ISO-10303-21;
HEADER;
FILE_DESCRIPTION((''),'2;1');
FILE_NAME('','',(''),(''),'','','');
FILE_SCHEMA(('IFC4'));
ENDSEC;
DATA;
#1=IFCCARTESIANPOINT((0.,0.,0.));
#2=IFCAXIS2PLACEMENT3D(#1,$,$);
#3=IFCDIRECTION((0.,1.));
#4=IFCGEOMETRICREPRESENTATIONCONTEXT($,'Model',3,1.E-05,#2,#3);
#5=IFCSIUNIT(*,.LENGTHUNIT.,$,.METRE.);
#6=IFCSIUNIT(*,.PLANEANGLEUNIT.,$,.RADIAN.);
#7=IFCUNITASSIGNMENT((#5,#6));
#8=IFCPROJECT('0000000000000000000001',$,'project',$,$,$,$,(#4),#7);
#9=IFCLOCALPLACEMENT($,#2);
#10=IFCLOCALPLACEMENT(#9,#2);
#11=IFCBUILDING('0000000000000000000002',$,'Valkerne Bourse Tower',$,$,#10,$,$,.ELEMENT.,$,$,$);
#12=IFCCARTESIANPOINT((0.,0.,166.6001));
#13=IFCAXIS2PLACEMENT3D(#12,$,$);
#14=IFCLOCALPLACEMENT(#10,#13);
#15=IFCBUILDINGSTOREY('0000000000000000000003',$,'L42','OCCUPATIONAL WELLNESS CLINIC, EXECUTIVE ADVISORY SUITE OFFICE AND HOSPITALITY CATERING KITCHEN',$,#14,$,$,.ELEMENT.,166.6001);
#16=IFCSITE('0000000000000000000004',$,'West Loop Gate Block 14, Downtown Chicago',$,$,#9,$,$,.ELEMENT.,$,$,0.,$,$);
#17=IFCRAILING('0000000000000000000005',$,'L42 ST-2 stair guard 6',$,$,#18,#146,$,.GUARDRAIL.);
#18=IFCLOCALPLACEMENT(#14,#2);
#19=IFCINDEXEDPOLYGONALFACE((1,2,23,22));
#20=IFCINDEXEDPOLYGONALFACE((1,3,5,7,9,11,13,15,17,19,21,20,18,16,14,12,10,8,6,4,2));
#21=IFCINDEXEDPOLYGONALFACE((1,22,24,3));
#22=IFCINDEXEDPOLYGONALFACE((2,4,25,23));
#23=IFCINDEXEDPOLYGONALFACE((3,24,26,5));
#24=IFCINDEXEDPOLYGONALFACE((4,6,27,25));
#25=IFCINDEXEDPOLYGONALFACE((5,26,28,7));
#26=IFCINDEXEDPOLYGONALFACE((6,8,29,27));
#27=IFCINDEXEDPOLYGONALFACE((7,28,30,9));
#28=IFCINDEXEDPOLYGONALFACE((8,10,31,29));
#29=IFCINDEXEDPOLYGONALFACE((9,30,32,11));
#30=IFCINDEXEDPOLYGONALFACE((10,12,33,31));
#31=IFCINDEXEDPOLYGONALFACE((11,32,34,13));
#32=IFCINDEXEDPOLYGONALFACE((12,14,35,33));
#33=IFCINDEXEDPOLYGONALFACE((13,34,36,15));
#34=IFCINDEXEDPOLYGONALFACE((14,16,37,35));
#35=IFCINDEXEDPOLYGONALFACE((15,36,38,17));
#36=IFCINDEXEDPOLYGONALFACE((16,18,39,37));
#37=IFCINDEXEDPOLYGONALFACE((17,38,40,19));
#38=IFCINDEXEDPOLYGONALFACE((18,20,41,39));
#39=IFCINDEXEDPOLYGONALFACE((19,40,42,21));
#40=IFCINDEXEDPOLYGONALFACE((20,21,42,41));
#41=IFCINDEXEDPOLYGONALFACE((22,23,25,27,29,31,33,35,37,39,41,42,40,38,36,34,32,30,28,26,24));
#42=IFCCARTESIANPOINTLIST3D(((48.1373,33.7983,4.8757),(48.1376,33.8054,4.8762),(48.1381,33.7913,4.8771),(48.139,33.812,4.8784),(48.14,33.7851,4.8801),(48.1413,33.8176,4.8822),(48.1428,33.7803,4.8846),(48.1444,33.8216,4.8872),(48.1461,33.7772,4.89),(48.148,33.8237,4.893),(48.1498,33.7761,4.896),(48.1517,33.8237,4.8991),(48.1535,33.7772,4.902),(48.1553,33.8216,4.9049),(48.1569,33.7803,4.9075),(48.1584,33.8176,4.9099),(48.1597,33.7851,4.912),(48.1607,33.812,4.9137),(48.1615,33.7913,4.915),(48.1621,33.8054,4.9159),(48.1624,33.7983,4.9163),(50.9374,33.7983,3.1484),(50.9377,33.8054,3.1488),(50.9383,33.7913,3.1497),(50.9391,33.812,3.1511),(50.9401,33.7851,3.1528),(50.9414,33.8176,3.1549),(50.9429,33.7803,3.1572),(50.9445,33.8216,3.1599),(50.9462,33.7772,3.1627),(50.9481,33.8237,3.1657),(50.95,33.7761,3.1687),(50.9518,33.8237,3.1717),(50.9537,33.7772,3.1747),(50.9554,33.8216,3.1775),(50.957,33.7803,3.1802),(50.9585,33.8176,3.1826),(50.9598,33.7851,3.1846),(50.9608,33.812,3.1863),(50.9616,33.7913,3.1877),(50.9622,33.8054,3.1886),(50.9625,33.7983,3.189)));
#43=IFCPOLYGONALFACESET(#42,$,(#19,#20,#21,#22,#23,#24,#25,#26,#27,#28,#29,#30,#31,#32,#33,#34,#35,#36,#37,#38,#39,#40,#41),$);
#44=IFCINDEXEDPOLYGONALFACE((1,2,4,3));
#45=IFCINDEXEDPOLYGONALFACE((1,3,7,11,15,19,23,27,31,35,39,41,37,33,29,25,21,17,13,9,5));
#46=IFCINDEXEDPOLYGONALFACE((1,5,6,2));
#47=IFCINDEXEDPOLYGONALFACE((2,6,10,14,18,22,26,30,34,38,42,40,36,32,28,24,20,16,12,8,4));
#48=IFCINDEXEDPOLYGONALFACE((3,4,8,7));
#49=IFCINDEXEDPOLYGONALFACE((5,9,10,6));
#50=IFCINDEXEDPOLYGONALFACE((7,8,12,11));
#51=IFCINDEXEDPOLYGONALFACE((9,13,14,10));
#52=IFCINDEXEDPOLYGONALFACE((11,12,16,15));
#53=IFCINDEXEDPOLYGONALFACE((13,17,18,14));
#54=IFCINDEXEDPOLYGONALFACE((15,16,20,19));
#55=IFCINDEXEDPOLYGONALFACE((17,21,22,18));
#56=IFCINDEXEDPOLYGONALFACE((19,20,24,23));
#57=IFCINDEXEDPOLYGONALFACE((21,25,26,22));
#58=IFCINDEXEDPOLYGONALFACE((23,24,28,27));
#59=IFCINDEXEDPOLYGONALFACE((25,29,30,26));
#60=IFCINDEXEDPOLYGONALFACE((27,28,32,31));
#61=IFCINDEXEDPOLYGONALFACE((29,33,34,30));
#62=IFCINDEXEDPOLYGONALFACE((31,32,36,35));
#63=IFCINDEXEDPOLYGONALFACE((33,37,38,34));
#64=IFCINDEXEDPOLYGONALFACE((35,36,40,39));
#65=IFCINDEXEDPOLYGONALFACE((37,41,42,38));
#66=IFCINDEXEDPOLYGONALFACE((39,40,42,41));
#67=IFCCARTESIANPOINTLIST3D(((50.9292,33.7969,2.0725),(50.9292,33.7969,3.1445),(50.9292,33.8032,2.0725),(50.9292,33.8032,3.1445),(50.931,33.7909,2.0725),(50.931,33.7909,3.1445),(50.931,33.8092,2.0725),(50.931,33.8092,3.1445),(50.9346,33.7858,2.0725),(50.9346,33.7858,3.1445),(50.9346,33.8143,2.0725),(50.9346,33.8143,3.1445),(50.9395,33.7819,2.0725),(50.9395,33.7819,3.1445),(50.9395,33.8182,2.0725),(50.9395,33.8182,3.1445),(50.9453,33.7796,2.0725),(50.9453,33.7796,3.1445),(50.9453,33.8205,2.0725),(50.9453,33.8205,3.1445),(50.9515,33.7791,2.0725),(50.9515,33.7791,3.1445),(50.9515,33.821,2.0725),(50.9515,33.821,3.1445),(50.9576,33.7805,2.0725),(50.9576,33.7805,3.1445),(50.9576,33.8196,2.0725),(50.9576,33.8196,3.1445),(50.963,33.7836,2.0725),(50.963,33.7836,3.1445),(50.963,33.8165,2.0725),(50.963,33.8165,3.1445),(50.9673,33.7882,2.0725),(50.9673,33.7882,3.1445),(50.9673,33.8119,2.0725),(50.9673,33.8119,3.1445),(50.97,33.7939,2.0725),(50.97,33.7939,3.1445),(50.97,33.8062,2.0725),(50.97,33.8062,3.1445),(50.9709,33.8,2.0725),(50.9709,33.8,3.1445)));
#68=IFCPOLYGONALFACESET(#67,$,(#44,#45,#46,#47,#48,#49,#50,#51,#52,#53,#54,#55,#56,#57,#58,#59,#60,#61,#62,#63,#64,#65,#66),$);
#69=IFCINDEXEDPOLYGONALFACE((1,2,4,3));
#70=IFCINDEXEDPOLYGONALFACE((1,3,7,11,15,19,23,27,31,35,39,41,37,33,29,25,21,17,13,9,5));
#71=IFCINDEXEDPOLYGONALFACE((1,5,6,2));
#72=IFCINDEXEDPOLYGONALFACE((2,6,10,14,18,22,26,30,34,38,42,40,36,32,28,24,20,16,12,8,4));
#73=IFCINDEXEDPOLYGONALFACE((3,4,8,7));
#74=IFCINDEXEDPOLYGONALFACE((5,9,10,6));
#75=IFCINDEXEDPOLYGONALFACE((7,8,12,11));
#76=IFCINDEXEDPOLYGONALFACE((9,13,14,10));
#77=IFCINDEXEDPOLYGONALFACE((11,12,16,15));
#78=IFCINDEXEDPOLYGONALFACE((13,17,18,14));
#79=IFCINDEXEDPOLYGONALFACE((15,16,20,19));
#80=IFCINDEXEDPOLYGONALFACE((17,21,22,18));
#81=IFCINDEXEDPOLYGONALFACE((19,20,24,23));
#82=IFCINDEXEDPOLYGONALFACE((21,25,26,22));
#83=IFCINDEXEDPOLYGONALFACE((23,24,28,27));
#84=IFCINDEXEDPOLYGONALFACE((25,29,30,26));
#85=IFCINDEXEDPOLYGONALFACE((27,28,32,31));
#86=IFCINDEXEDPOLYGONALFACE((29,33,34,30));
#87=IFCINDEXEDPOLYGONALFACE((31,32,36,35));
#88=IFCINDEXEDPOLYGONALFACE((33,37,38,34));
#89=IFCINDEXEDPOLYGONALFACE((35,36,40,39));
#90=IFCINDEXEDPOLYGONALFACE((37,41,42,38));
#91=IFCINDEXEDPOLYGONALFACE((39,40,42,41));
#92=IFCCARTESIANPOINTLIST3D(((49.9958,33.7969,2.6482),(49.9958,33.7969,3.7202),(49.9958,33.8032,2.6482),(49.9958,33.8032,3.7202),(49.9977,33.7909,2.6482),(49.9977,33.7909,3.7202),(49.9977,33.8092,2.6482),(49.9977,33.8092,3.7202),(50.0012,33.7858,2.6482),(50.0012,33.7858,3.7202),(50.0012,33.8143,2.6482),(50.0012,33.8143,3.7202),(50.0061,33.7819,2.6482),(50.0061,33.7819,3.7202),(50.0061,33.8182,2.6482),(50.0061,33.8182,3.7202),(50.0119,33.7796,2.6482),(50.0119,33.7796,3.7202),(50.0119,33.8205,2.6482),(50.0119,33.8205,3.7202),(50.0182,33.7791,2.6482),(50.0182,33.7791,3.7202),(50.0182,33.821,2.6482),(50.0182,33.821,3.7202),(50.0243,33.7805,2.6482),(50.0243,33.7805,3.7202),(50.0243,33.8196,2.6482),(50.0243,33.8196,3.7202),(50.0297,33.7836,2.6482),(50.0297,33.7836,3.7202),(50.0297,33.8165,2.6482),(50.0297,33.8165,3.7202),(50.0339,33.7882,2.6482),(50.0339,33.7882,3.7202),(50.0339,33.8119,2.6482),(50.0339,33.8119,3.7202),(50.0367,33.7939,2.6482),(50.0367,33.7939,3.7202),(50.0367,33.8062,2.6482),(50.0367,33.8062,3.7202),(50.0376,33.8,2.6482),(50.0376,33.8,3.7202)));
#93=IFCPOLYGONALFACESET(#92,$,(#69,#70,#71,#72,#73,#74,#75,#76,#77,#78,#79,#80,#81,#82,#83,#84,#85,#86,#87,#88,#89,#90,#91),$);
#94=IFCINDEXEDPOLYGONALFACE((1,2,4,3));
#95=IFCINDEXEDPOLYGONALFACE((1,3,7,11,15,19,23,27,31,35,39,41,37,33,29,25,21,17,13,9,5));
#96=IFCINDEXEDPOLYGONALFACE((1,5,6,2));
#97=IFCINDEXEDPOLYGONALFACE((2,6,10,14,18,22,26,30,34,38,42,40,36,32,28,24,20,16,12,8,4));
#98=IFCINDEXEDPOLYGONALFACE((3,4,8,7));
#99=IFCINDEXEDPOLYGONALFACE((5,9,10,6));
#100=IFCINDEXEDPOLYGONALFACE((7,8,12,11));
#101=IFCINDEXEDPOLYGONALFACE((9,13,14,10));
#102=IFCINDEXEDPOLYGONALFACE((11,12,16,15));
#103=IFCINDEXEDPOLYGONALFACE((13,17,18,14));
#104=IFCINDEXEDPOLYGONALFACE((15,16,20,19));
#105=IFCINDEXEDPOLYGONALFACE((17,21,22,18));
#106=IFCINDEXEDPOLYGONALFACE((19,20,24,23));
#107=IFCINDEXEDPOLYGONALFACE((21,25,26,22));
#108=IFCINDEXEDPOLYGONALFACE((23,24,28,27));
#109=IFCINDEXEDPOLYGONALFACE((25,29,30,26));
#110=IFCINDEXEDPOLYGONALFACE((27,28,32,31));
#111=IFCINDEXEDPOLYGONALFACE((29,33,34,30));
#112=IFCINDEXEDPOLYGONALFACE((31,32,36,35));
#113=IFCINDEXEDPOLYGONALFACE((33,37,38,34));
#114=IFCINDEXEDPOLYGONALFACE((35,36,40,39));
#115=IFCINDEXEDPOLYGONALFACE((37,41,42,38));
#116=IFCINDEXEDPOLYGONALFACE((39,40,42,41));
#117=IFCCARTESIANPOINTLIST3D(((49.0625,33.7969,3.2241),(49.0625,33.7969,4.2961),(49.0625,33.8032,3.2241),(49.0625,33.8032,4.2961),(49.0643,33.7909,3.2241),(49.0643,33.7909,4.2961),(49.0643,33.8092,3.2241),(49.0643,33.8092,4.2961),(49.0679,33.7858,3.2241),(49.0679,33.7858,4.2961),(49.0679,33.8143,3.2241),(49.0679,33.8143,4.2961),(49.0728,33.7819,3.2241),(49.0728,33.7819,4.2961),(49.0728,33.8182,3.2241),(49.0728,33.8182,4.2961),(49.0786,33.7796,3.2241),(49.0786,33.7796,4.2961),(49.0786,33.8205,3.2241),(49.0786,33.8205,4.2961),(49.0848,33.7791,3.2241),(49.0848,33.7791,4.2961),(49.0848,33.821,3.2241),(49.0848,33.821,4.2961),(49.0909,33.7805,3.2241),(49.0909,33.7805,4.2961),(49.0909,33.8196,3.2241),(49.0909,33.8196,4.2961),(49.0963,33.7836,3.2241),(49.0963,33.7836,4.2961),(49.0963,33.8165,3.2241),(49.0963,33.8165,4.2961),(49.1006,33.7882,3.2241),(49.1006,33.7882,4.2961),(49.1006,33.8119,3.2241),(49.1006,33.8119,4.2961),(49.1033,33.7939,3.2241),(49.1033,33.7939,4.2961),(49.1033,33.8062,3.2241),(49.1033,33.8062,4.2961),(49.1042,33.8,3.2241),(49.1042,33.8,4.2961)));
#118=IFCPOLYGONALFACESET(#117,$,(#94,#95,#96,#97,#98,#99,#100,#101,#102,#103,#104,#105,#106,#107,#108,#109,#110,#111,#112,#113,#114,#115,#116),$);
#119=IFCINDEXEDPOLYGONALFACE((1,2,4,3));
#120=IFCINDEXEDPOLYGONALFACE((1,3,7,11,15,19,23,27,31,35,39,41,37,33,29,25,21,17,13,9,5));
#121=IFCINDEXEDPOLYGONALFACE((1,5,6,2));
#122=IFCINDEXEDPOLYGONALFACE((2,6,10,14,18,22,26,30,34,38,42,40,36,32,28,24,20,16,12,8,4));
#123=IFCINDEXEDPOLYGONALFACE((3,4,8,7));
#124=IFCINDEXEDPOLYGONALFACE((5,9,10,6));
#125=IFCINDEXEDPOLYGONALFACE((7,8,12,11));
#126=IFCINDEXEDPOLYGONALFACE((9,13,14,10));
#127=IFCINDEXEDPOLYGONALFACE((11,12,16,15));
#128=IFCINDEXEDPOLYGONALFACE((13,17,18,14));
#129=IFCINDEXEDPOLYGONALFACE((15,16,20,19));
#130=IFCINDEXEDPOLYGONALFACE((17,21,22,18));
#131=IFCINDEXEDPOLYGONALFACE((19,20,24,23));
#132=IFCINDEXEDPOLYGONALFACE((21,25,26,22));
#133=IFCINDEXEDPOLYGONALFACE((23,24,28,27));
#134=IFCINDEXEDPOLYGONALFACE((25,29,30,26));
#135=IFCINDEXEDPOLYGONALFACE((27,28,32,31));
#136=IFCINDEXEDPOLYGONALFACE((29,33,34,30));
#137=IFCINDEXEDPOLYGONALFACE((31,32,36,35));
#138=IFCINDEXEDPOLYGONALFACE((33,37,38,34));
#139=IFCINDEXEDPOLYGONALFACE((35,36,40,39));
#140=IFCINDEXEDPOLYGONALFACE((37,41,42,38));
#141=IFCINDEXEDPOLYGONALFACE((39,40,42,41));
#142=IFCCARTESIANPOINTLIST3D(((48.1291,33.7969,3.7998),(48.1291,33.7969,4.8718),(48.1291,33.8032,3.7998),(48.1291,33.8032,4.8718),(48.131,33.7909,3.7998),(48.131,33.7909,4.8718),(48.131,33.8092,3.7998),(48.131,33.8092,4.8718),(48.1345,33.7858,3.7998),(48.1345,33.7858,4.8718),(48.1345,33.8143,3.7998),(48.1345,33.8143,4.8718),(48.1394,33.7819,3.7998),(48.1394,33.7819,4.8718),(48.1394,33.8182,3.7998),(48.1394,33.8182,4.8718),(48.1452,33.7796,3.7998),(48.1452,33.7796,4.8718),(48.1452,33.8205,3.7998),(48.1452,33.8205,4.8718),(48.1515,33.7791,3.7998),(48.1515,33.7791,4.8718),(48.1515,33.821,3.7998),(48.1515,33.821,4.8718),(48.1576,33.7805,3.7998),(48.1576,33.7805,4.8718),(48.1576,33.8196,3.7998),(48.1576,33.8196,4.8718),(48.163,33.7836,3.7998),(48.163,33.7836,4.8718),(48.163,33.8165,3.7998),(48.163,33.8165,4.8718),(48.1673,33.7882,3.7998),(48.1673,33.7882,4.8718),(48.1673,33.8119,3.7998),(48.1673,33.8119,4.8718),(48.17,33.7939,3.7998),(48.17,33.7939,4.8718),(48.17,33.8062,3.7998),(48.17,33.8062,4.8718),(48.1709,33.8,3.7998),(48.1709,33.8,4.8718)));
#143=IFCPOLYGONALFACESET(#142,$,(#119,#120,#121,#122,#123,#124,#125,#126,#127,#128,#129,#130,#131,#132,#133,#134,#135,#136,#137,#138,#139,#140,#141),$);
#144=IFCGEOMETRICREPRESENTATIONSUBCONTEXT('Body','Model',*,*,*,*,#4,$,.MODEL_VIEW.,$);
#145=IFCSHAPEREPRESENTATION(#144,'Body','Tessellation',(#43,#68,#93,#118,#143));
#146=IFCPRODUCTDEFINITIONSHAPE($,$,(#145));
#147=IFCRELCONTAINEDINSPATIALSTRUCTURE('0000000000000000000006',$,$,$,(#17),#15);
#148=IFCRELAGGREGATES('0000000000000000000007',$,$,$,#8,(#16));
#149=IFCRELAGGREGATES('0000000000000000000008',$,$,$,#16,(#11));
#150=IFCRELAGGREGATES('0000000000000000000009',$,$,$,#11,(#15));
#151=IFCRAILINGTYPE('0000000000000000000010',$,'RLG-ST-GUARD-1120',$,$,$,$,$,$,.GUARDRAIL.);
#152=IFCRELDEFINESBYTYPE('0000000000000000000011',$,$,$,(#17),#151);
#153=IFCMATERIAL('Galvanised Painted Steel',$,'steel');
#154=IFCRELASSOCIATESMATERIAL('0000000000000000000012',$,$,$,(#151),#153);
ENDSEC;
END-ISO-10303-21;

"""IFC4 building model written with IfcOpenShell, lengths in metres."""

from ifc_helpers import new_model, si_unit, direction, frame, origin, origin_2d, place, context, subcontext, project, spatial, circle, extrude, material, type_object, element, save


model = new_model("IFC4")

# Units and contexts
model_context = context("Model", 3, precision=1e-05, world=origin(), true_north=direction((0.0, 1.0)))
body_context = subcontext(model_context, "Body", "Model", "MODEL_VIEW")
ifc_project = project(units=[si_unit("LENGTHUNIT", "METRE"), si_unit("PLANEANGLEUNIT", "RADIAN")], contexts=[model_context])

# Site, building, storey
site_placement = place(None, origin())
site = spatial("IfcSite", under=ifc_project, at=site_placement, Name="West Loop Gate Block 14, Downtown Chicago", CompositionType="ELEMENT", RefElevation=0.0)
building_placement = place(site_placement, origin())
building = spatial("IfcBuilding", under=site, at=building_placement, Name="Valkerne Bourse Tower", CompositionType="ELEMENT")
storey_placement = place(building_placement, frame((0.0, 0.0, 166.6001)))
storey = spatial("IfcBuildingStorey", under=building, at=storey_placement, Name="L42", Description="OCCUPATIONAL WELLNESS CLINIC, EXECUTIVE ADVISORY SUITE OFFICE AND HOSPITALITY CATERING KITCHEN", CompositionType="ELEMENT", Elevation=166.6001)

# Shared definitions
ifc_material_1 = material(Name="Galvanised Painted Steel", Category="steel")

# Railing
railing_type_1 = type_object("IfcRailingType", Name="RLG-ST-GUARD-1120", PredefinedType="GUARDRAIL", material=ifc_material_1)
railing_1_placement = place(storey_placement, frame((50.95, 33.8, 2.0725)))
element("IfcRailing", 1, at=railing_1_placement, inside=storey, type_object=railing_type_1, Name="L42 ST-2 stair guard 6", PredefinedType="GUARDRAIL", context=body_context, shape_type="SweptSolid", body=[
    extrude(circle(Radius=0.0239, at=origin_2d()), frame((0.0, 0.0, 1.0962), z_axis=(-0.85109, 0.0, 0.52502), x_axis=(0.0, -1.0, 0.0)), (0.0, 0.0, 1.0), 3.29),
    extrude(circle(Radius=0.021, at=origin_2d()), origin(), (0.0, 0.0, 1.0), 1.072),
    extrude(circle(Radius=0.021, at=origin_2d()), frame((-0.9333, 0.0, 0.5757)), (0.0, 0.0, 1.0), 1.072),
    extrude(circle(Radius=0.021, at=origin_2d()), frame((-1.8667, 0.0, 1.1516)), (0.0, 0.0, 1.0), 1.072),
    extrude(circle(Radius=0.021, at=origin_2d()), frame((-2.8, 0.0, 1.7273)), (0.0, 0.0, 1.0), 1.072),
])

save(model, "model.ifc")
